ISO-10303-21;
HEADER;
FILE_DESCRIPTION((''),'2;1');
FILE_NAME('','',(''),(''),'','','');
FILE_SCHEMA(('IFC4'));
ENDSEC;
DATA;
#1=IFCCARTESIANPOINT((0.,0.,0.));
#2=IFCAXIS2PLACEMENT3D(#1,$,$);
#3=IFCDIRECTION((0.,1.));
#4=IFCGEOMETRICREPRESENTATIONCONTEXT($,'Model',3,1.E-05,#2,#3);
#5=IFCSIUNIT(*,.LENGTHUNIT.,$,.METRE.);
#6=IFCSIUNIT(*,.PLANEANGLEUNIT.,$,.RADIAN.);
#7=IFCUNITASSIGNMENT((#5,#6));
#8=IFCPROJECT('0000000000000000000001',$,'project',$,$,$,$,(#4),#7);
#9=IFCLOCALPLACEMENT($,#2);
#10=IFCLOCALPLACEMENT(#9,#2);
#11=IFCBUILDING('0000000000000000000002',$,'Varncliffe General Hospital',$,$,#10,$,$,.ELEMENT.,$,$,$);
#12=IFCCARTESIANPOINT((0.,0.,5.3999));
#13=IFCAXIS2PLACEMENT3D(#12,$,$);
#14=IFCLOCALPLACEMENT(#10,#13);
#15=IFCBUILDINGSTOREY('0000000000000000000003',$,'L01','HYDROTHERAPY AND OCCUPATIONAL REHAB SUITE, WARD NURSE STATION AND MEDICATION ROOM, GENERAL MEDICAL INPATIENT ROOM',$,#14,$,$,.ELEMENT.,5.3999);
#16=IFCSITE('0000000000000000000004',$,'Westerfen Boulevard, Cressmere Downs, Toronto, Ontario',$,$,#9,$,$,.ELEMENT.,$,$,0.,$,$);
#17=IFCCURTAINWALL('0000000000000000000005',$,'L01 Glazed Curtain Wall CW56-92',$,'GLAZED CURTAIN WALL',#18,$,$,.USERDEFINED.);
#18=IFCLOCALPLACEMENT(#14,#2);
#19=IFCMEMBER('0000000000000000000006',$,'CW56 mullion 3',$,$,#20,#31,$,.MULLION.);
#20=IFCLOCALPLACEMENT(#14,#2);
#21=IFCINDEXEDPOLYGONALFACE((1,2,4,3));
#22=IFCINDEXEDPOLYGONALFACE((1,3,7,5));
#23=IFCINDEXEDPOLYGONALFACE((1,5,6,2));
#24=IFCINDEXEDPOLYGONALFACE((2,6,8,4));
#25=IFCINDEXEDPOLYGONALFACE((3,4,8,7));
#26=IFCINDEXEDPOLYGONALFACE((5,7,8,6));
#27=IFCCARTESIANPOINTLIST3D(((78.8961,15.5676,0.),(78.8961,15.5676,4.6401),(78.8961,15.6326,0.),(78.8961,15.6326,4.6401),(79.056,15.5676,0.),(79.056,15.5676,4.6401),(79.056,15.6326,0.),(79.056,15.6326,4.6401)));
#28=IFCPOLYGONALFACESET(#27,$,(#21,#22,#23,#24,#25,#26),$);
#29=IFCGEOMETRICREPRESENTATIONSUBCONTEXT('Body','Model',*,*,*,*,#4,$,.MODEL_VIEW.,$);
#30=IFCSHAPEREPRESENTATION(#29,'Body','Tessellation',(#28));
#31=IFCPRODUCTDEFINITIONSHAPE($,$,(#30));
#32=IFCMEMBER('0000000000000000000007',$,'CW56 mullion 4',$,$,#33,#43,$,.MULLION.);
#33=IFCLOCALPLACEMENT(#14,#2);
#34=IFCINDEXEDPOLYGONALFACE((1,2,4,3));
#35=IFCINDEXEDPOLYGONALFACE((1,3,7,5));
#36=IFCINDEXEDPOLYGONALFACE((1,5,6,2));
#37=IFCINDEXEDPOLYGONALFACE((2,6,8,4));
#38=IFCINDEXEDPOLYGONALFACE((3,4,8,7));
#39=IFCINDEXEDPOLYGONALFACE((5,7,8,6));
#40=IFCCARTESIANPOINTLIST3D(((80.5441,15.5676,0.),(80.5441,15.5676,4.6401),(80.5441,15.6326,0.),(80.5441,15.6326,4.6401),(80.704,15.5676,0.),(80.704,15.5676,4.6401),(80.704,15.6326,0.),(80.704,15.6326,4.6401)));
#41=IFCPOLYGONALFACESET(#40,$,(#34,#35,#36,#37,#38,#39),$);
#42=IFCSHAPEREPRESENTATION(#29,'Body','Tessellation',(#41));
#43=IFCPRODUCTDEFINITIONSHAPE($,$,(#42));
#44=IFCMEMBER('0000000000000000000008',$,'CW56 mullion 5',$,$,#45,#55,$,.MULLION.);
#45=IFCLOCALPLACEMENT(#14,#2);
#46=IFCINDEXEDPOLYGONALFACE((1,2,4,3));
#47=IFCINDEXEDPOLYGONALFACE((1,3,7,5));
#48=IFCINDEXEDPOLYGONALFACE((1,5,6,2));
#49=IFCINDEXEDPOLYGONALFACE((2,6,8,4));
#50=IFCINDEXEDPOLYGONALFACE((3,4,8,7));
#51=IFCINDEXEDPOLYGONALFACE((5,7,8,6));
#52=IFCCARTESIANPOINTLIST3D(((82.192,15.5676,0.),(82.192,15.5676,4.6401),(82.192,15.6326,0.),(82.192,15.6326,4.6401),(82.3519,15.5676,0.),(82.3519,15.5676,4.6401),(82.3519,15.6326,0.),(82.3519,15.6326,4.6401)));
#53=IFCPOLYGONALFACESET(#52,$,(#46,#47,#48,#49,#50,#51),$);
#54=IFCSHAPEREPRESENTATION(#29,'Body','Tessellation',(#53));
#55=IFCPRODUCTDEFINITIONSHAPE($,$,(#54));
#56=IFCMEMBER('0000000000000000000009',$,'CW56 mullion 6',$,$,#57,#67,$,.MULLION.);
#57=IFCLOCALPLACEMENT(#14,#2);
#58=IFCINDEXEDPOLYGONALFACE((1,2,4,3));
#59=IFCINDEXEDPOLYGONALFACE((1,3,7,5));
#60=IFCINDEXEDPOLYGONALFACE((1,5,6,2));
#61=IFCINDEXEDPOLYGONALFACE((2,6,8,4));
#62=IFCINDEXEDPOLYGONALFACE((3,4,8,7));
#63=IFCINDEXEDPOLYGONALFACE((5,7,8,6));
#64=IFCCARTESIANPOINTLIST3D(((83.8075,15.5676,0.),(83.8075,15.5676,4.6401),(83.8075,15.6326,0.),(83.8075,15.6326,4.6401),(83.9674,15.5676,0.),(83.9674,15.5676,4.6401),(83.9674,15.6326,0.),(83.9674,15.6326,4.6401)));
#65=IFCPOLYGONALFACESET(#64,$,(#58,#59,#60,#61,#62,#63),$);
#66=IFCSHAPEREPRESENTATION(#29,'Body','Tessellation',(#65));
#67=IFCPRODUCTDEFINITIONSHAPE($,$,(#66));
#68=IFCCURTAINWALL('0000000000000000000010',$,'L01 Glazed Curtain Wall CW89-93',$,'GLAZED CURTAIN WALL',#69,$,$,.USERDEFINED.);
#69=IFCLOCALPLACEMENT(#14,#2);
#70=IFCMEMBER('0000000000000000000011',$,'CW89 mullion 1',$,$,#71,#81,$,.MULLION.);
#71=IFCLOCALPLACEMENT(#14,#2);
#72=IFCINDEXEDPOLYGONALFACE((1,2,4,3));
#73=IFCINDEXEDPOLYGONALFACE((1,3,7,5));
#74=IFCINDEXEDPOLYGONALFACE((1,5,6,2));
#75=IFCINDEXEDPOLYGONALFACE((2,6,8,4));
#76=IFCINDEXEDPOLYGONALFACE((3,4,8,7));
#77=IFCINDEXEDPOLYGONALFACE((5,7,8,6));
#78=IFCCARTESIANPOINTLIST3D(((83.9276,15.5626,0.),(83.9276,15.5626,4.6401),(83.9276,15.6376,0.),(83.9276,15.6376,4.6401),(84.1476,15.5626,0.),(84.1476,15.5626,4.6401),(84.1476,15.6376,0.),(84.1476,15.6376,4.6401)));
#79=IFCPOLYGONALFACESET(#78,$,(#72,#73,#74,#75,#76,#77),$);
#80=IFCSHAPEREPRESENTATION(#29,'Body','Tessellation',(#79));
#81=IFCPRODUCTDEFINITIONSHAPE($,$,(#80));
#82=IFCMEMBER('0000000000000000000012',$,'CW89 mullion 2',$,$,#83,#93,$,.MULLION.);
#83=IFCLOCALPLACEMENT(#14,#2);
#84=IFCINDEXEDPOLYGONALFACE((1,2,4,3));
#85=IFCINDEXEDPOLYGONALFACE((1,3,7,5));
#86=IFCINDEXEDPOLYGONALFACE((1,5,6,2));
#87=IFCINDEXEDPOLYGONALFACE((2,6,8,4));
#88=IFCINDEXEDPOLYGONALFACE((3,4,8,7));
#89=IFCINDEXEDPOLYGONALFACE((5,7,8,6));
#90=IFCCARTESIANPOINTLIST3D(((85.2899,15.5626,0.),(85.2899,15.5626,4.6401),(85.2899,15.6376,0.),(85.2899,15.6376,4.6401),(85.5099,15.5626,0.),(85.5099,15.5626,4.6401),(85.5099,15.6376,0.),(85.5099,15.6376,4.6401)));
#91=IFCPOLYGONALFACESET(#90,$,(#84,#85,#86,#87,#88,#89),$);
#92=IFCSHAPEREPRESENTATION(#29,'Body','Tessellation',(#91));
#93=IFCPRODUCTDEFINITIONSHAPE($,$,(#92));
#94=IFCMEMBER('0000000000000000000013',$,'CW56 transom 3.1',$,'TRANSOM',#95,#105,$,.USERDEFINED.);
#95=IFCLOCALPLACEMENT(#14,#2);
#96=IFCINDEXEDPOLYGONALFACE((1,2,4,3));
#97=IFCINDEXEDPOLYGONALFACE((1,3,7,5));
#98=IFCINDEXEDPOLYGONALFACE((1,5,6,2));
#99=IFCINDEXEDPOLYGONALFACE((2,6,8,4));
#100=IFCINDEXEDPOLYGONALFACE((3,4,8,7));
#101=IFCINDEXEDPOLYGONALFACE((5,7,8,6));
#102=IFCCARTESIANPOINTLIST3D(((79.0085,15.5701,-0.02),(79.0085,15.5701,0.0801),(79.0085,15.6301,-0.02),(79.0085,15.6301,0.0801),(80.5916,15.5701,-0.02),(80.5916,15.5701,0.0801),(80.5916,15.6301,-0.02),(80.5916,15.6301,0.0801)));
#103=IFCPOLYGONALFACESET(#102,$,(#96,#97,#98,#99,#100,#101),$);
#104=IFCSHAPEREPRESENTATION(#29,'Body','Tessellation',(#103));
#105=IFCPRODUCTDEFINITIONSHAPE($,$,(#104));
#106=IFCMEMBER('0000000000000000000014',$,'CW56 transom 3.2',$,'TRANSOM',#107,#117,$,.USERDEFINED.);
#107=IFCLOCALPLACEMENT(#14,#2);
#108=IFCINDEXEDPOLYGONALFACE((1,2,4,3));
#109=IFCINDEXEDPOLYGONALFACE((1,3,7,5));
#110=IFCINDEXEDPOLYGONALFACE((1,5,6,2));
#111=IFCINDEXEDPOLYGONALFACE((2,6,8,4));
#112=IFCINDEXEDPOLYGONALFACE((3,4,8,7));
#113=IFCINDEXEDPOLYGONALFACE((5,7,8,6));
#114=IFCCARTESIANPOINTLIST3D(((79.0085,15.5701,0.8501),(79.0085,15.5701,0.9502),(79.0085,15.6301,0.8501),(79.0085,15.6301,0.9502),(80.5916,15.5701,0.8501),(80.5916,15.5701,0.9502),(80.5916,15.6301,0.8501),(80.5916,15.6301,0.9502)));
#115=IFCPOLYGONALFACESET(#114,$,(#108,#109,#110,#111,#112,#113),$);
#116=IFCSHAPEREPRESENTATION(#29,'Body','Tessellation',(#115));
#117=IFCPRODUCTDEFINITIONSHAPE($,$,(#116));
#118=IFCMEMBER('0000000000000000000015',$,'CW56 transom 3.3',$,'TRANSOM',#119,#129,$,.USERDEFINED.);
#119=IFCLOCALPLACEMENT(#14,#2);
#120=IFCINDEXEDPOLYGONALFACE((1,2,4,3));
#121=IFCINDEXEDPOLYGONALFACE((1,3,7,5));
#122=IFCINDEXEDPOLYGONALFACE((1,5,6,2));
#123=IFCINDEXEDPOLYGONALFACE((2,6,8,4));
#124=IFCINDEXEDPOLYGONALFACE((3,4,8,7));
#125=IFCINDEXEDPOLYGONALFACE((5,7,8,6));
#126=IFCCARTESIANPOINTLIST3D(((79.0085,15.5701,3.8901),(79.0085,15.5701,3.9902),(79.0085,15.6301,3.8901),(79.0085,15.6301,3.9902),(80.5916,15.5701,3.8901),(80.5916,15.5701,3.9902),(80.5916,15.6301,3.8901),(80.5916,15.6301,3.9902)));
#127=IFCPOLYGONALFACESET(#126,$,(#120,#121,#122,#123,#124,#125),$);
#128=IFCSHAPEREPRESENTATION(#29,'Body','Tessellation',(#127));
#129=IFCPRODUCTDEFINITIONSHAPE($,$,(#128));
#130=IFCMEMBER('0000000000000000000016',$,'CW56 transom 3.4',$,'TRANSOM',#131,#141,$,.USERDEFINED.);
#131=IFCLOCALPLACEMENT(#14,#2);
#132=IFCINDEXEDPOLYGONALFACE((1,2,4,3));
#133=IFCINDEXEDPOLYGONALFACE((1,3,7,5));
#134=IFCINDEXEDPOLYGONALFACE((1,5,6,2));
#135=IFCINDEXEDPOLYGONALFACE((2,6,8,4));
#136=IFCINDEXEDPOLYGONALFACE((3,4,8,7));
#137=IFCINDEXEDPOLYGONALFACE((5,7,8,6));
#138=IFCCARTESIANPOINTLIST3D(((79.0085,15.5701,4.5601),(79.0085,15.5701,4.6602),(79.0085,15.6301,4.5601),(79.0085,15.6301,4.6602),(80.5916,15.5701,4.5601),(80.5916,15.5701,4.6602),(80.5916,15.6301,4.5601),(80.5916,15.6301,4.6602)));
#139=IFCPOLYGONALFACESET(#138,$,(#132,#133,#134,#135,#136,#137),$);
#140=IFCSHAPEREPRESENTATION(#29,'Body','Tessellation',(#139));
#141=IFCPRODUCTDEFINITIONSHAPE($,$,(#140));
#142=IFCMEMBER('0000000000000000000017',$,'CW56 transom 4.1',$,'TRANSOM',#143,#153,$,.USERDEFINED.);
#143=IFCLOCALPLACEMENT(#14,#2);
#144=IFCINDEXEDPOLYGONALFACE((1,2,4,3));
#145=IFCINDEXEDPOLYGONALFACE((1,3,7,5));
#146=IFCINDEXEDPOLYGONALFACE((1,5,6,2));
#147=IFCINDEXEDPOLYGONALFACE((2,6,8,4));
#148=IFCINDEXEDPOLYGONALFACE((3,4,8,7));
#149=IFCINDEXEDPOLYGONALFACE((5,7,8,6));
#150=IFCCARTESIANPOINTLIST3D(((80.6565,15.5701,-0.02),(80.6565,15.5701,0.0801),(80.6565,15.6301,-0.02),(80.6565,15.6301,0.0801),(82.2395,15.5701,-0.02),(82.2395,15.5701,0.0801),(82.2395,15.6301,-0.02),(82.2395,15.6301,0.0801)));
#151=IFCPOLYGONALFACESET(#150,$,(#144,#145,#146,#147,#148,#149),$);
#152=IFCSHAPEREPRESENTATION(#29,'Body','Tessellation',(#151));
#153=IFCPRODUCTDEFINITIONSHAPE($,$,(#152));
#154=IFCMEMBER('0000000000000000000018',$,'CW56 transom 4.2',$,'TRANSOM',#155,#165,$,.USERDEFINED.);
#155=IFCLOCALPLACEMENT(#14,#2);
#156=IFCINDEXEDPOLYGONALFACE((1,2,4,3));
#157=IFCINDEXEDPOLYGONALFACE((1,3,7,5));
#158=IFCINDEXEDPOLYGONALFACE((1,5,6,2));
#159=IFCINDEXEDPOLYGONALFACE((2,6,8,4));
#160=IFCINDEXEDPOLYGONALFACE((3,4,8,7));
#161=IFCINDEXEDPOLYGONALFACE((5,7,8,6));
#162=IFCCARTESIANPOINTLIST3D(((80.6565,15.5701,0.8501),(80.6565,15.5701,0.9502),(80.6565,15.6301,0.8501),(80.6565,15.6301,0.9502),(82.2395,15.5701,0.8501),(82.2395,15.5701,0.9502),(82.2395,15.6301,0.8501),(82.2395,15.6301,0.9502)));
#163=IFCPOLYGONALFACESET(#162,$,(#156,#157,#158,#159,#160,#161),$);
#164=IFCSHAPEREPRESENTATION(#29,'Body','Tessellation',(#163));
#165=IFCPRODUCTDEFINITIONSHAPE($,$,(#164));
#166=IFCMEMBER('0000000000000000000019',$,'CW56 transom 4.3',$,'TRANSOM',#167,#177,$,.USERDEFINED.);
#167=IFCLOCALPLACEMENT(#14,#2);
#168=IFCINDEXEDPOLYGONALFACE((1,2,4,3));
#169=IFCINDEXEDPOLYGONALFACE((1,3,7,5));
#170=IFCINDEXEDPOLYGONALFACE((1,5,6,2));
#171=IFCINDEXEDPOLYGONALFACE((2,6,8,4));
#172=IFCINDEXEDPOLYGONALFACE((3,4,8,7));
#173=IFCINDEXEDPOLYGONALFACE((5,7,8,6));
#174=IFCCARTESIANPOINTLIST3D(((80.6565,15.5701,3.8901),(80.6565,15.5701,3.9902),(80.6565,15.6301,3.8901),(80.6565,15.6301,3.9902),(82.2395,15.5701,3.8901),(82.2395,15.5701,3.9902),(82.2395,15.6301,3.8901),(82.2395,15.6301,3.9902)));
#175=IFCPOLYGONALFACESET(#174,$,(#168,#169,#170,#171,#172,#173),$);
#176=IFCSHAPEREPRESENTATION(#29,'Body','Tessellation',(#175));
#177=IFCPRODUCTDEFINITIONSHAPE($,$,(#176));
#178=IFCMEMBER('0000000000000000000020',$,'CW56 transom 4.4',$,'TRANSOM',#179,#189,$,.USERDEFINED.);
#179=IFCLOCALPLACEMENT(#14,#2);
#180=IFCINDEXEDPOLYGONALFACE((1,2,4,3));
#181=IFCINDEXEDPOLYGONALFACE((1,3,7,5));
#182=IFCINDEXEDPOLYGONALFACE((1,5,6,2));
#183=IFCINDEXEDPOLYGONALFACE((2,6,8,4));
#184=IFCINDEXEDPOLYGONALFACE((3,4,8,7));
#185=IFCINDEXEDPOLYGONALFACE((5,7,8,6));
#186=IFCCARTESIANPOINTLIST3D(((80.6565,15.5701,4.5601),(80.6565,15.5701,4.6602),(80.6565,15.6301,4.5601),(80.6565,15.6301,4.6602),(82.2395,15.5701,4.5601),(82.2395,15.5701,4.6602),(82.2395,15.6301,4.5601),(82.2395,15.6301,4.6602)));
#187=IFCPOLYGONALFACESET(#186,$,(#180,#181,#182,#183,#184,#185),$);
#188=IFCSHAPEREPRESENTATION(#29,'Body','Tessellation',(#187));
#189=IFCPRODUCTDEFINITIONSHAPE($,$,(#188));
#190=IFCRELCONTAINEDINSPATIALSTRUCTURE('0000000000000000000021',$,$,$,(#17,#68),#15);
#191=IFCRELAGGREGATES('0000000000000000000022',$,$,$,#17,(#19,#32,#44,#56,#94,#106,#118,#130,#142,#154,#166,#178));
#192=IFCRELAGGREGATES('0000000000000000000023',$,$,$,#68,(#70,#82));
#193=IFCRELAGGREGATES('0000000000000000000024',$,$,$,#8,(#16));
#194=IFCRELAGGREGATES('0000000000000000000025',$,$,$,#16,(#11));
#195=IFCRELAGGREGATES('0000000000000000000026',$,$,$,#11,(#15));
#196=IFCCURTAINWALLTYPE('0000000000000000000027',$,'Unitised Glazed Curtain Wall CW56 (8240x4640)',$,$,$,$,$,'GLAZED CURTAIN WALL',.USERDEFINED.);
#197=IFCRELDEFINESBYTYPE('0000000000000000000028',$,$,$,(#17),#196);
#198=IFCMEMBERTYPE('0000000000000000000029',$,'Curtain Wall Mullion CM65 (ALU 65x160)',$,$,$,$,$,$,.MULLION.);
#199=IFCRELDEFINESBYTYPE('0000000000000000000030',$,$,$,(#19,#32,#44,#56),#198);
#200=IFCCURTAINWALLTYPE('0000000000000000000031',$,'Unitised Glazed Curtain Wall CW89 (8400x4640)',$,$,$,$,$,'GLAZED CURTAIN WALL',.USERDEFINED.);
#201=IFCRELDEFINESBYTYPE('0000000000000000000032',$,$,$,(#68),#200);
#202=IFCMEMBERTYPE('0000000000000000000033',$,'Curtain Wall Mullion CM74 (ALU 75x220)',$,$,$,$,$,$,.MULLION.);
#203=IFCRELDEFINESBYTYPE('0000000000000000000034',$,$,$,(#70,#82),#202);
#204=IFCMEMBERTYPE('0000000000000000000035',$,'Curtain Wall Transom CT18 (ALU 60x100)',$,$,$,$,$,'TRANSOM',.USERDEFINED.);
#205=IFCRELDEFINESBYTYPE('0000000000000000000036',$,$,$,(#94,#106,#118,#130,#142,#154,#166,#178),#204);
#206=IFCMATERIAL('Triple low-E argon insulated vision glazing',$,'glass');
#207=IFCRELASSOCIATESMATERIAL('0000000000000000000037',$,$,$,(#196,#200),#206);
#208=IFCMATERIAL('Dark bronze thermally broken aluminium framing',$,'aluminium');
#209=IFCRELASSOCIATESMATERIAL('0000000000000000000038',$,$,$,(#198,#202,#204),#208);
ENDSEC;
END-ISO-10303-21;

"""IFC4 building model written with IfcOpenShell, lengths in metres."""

from ifc_helpers import new_model, si_unit, direction, frame, origin, origin_2d, place, context, subcontext, project, spatial, rectangle, extrude, material, material_profile, profile_set, type_object, element, aggregate, save


model = new_model("IFC4")

# Units and contexts
model_context = context("Model", 3, precision=1e-05, world=origin(), true_north=direction((0.0, 1.0)))
body_context = subcontext(model_context, "Body", "Model", "MODEL_VIEW")
ifc_project = project(units=[si_unit("LENGTHUNIT", "METRE"), si_unit("PLANEANGLEUNIT", "RADIAN")], contexts=[model_context])

# Site, building, storey
site_placement = place(None, origin())
site = spatial("IfcSite", under=ifc_project, at=site_placement, Name="Westerfen Boulevard, Cressmere Downs, Toronto, Ontario", CompositionType="ELEMENT", RefElevation=0.0)
building_placement = place(site_placement, origin())
building = spatial("IfcBuilding", under=site, at=building_placement, Name="Varncliffe General Hospital", CompositionType="ELEMENT")
storey_placement = place(building_placement, frame((0.0, 0.0, 5.3999)))
storey = spatial("IfcBuildingStorey", under=building, at=storey_placement, Name="L01", Description="HYDROTHERAPY AND OCCUPATIONAL REHAB SUITE, WARD NURSE STATION AND MEDICATION ROOM, GENERAL MEDICAL INPATIENT ROOM", CompositionType="ELEMENT", Elevation=5.3999)

# Curtain walls, members
ifc_material_1 = material(Name="Triple low-E argon insulated vision glazing", Category="glass")
curtain_wall_type_1 = type_object("IfcCurtainWallType", Name="Unitised Glazed Curtain Wall CW56 (8240x4640)", ElementType="GLAZED CURTAIN WALL", PredefinedType="USERDEFINED", material=ifc_material_1)
curtain_wall_1_placement = place(storey_placement, origin())
curtain_wall_1 = element("IfcCurtainWall", 1, at=curtain_wall_1_placement, inside=storey, type_object=curtain_wall_type_1, Name="L01 Glazed Curtain Wall CW56-92", ObjectType="GLAZED CURTAIN WALL", PredefinedType="USERDEFINED")
ifc_material_2 = material(Name="Dark bronze thermally broken aluminium framing", Category="aluminium")
ifc_material_profile_1 = material_profile(ifc_material_2, rectangle(XDim=0.0649, YDim=0.1599, at=origin_2d()), Name="ALU 65x160")
ifc_profile_set_1 = profile_set([ifc_material_profile_1], Name="Dark bronze thermally broken aluminium framing")
member_type_1 = type_object("IfcMemberType", Name="Curtain Wall Mullion CM65 (ALU 65x160)", PredefinedType="MULLION", material=ifc_profile_set_1)
member_1_placement = place(storey_placement, frame((78.9761, 15.6001, 0.0), z_axis=(0.0, 0.0, 1.0), x_axis=(0.0, 1.0, 0.0)))
member_1 = element("IfcMember", 2, at=member_1_placement, type_object=member_type_1, Name="CW56 mullion 3", PredefinedType="MULLION", context=body_context, shape_type="SweptSolid", body=[
    extrude(rectangle(XDim=0.0649, YDim=0.1599, at=origin_2d()), origin(), (0.0, 0.0, 1.0), 4.6401),
])
member_2_placement = place(storey_placement, frame((80.624, 15.6001, 0.0), z_axis=(0.0, 0.0, 1.0), x_axis=(0.0, 1.0, 0.0)))
member_2 = element("IfcMember", 3, at=member_2_placement, type_object=member_type_1, Name="CW56 mullion 4", PredefinedType="MULLION", context=body_context, shape_type="SweptSolid", body=[
    extrude(rectangle(XDim=0.0649, YDim=0.1599, at=origin_2d()), origin(), (0.0, 0.0, 1.0), 4.6401),
])
member_3_placement = place(storey_placement, frame((82.272, 15.6001, 0.0), z_axis=(0.0, 0.0, 1.0), x_axis=(0.0, 1.0, 0.0)))
member_3 = element("IfcMember", 4, at=member_3_placement, type_object=member_type_1, Name="CW56 mullion 5", PredefinedType="MULLION", context=body_context, shape_type="SweptSolid", body=[
    extrude(rectangle(XDim=0.0649, YDim=0.1599, at=origin_2d()), origin(), (0.0, 0.0, 1.0), 4.6401),
])
member_4_placement = place(storey_placement, frame((83.8875, 15.6001, 0.0), z_axis=(0.0, 0.0, 1.0), x_axis=(0.0, 1.0, 0.0)))
member_4 = element("IfcMember", 5, at=member_4_placement, type_object=member_type_1, Name="CW56 mullion 6", PredefinedType="MULLION", context=body_context, shape_type="SweptSolid", body=[
    extrude(rectangle(XDim=0.0649, YDim=0.1599, at=origin_2d()), origin(), (0.0, 0.0, 1.0), 4.6401),
])
curtain_wall_type_2 = type_object("IfcCurtainWallType", Name="Unitised Glazed Curtain Wall CW89 (8400x4640)", ElementType="GLAZED CURTAIN WALL", PredefinedType="USERDEFINED", material=ifc_material_1)
curtain_wall_2_placement = place(storey_placement, origin())
curtain_wall_2 = element("IfcCurtainWall", 6, at=curtain_wall_2_placement, inside=storey, type_object=curtain_wall_type_2, Name="L01 Glazed Curtain Wall CW89-93", ObjectType="GLAZED CURTAIN WALL", PredefinedType="USERDEFINED")
ifc_material_profile_2 = material_profile(ifc_material_2, rectangle(XDim=0.075, YDim=0.22, at=origin_2d()), Name="ALU 75x220")
ifc_profile_set_2 = profile_set([ifc_material_profile_2], Name="Dark bronze thermally broken aluminium framing")
member_type_2 = type_object("IfcMemberType", Name="Curtain Wall Mullion CM74 (ALU 75x220)", PredefinedType="MULLION", material=ifc_profile_set_2)
member_5_placement = place(storey_placement, frame((84.0376, 15.6001, 0.0), z_axis=(0.0, 0.0, 1.0), x_axis=(0.0, 1.0, 0.0)))
member_5 = element("IfcMember", 7, at=member_5_placement, type_object=member_type_2, Name="CW89 mullion 1", PredefinedType="MULLION", context=body_context, shape_type="SweptSolid", body=[
    extrude(rectangle(XDim=0.075, YDim=0.22, at=origin_2d()), origin(), (0.0, 0.0, 1.0), 4.6401),
])
member_6_placement = place(storey_placement, frame((85.3999, 15.6001, 0.0), z_axis=(0.0, 0.0, 1.0), x_axis=(0.0, 1.0, 0.0)))
member_6 = element("IfcMember", 8, at=member_6_placement, type_object=member_type_2, Name="CW89 mullion 2", PredefinedType="MULLION", context=body_context, shape_type="SweptSolid", body=[
    extrude(rectangle(XDim=0.075, YDim=0.22, at=origin_2d()), origin(), (0.0, 0.0, 1.0), 4.6401),
])

# Members
ifc_material_profile_3 = material_profile(ifc_material_2, rectangle(XDim=0.0601, YDim=0.1001, at=origin_2d()), Name="ALU 60x100")
ifc_profile_set_3 = profile_set([ifc_material_profile_3], Name="Dark bronze thermally broken aluminium framing")
member_type_3 = type_object("IfcMemberType", Name="Curtain Wall Transom CT18 (ALU 60x100)", ElementType="TRANSOM", PredefinedType="USERDEFINED", material=ifc_profile_set_3)
member_7_placement = place(storey_placement, frame((79.0085, 15.6001, 0.03), z_axis=(1.0, 0.0, 0.0), x_axis=(0.0, 1.0, 0.0)))
member_7 = element("IfcMember", 9, at=member_7_placement, type_object=member_type_3, Name="CW56 transom 3.1", ObjectType="TRANSOM", PredefinedType="USERDEFINED", context=body_context, shape_type="SweptSolid", body=[
    extrude(rectangle(XDim=0.0601, YDim=0.1001, at=origin_2d()), origin(), (0.0, 0.0, 1.0), 1.583),
])
member_8_placement = place(storey_placement, frame((79.0085, 15.6001, 0.9001), z_axis=(1.0, 0.0, 0.0), x_axis=(0.0, 1.0, 0.0)))
member_8 = element("IfcMember", 10, at=member_8_placement, type_object=member_type_3, Name="CW56 transom 3.2", ObjectType="TRANSOM", PredefinedType="USERDEFINED", context=body_context, shape_type="SweptSolid", body=[
    extrude(rectangle(XDim=0.0601, YDim=0.1001, at=origin_2d()), origin(), (0.0, 0.0, 1.0), 1.583),
])
member_9_placement = place(storey_placement, frame((79.0085, 15.6001, 3.9402), z_axis=(1.0, 0.0, 0.0), x_axis=(0.0, 1.0, 0.0)))
member_9 = element("IfcMember", 11, at=member_9_placement, type_object=member_type_3, Name="CW56 transom 3.3", ObjectType="TRANSOM", PredefinedType="USERDEFINED", context=body_context, shape_type="SweptSolid", body=[
    extrude(rectangle(XDim=0.0601, YDim=0.1001, at=origin_2d()), origin(), (0.0, 0.0, 1.0), 1.583),
])
member_10_placement = place(storey_placement, frame((79.0085, 15.6001, 4.6101), z_axis=(1.0, 0.0, 0.0), x_axis=(0.0, 1.0, 0.0)))
member_10 = element("IfcMember", 12, at=member_10_placement, type_object=member_type_3, Name="CW56 transom 3.4", ObjectType="TRANSOM", PredefinedType="USERDEFINED", context=body_context, shape_type="SweptSolid", body=[
    extrude(rectangle(XDim=0.0601, YDim=0.1001, at=origin_2d()), origin(), (0.0, 0.0, 1.0), 1.583),
])
member_11_placement = place(storey_placement, frame((80.6565, 15.6001, 0.03), z_axis=(1.0, 0.0, 0.0), x_axis=(0.0, 1.0, 0.0)))
member_11 = element("IfcMember", 13, at=member_11_placement, type_object=member_type_3, Name="CW56 transom 4.1", ObjectType="TRANSOM", PredefinedType="USERDEFINED", context=body_context, shape_type="SweptSolid", body=[
    extrude(rectangle(XDim=0.0601, YDim=0.1001, at=origin_2d()), origin(), (0.0, 0.0, 1.0), 1.583),
])
member_12_placement = place(storey_placement, frame((80.6565, 15.6001, 0.9001), z_axis=(1.0, 0.0, 0.0), x_axis=(0.0, 1.0, 0.0)))
member_12 = element("IfcMember", 14, at=member_12_placement, type_object=member_type_3, Name="CW56 transom 4.2", ObjectType="TRANSOM", PredefinedType="USERDEFINED", context=body_context, shape_type="SweptSolid", body=[
    extrude(rectangle(XDim=0.0601, YDim=0.1001, at=origin_2d()), origin(), (0.0, 0.0, 1.0), 1.583),
])
member_13_placement = place(storey_placement, frame((80.6565, 15.6001, 3.9402), z_axis=(1.0, 0.0, 0.0), x_axis=(0.0, 1.0, 0.0)))
member_13 = element("IfcMember", 15, at=member_13_placement, type_object=member_type_3, Name="CW56 transom 4.3", ObjectType="TRANSOM", PredefinedType="USERDEFINED", context=body_context, shape_type="SweptSolid", body=[
    extrude(rectangle(XDim=0.0601, YDim=0.1001, at=origin_2d()), origin(), (0.0, 0.0, 1.0), 1.583),
])
member_14_placement = place(storey_placement, frame((80.6565, 15.6001, 4.6101), z_axis=(1.0, 0.0, 0.0), x_axis=(0.0, 1.0, 0.0)))
member_14 = element("IfcMember", 16, at=member_14_placement, type_object=member_type_3, Name="CW56 transom 4.4", ObjectType="TRANSOM", PredefinedType="USERDEFINED", context=body_context, shape_type="SweptSolid", body=[
    extrude(rectangle(XDim=0.0601, YDim=0.1001, at=origin_2d()), origin(), (0.0, 0.0, 1.0), 1.583),
])

aggregate(curtain_wall_1, [member_1, member_2, member_3, member_4, member_7, member_8, member_9, member_10, member_11, member_12, member_13, member_14])
aggregate(curtain_wall_2, [member_5, member_6])

save(model, "model.ifc")
